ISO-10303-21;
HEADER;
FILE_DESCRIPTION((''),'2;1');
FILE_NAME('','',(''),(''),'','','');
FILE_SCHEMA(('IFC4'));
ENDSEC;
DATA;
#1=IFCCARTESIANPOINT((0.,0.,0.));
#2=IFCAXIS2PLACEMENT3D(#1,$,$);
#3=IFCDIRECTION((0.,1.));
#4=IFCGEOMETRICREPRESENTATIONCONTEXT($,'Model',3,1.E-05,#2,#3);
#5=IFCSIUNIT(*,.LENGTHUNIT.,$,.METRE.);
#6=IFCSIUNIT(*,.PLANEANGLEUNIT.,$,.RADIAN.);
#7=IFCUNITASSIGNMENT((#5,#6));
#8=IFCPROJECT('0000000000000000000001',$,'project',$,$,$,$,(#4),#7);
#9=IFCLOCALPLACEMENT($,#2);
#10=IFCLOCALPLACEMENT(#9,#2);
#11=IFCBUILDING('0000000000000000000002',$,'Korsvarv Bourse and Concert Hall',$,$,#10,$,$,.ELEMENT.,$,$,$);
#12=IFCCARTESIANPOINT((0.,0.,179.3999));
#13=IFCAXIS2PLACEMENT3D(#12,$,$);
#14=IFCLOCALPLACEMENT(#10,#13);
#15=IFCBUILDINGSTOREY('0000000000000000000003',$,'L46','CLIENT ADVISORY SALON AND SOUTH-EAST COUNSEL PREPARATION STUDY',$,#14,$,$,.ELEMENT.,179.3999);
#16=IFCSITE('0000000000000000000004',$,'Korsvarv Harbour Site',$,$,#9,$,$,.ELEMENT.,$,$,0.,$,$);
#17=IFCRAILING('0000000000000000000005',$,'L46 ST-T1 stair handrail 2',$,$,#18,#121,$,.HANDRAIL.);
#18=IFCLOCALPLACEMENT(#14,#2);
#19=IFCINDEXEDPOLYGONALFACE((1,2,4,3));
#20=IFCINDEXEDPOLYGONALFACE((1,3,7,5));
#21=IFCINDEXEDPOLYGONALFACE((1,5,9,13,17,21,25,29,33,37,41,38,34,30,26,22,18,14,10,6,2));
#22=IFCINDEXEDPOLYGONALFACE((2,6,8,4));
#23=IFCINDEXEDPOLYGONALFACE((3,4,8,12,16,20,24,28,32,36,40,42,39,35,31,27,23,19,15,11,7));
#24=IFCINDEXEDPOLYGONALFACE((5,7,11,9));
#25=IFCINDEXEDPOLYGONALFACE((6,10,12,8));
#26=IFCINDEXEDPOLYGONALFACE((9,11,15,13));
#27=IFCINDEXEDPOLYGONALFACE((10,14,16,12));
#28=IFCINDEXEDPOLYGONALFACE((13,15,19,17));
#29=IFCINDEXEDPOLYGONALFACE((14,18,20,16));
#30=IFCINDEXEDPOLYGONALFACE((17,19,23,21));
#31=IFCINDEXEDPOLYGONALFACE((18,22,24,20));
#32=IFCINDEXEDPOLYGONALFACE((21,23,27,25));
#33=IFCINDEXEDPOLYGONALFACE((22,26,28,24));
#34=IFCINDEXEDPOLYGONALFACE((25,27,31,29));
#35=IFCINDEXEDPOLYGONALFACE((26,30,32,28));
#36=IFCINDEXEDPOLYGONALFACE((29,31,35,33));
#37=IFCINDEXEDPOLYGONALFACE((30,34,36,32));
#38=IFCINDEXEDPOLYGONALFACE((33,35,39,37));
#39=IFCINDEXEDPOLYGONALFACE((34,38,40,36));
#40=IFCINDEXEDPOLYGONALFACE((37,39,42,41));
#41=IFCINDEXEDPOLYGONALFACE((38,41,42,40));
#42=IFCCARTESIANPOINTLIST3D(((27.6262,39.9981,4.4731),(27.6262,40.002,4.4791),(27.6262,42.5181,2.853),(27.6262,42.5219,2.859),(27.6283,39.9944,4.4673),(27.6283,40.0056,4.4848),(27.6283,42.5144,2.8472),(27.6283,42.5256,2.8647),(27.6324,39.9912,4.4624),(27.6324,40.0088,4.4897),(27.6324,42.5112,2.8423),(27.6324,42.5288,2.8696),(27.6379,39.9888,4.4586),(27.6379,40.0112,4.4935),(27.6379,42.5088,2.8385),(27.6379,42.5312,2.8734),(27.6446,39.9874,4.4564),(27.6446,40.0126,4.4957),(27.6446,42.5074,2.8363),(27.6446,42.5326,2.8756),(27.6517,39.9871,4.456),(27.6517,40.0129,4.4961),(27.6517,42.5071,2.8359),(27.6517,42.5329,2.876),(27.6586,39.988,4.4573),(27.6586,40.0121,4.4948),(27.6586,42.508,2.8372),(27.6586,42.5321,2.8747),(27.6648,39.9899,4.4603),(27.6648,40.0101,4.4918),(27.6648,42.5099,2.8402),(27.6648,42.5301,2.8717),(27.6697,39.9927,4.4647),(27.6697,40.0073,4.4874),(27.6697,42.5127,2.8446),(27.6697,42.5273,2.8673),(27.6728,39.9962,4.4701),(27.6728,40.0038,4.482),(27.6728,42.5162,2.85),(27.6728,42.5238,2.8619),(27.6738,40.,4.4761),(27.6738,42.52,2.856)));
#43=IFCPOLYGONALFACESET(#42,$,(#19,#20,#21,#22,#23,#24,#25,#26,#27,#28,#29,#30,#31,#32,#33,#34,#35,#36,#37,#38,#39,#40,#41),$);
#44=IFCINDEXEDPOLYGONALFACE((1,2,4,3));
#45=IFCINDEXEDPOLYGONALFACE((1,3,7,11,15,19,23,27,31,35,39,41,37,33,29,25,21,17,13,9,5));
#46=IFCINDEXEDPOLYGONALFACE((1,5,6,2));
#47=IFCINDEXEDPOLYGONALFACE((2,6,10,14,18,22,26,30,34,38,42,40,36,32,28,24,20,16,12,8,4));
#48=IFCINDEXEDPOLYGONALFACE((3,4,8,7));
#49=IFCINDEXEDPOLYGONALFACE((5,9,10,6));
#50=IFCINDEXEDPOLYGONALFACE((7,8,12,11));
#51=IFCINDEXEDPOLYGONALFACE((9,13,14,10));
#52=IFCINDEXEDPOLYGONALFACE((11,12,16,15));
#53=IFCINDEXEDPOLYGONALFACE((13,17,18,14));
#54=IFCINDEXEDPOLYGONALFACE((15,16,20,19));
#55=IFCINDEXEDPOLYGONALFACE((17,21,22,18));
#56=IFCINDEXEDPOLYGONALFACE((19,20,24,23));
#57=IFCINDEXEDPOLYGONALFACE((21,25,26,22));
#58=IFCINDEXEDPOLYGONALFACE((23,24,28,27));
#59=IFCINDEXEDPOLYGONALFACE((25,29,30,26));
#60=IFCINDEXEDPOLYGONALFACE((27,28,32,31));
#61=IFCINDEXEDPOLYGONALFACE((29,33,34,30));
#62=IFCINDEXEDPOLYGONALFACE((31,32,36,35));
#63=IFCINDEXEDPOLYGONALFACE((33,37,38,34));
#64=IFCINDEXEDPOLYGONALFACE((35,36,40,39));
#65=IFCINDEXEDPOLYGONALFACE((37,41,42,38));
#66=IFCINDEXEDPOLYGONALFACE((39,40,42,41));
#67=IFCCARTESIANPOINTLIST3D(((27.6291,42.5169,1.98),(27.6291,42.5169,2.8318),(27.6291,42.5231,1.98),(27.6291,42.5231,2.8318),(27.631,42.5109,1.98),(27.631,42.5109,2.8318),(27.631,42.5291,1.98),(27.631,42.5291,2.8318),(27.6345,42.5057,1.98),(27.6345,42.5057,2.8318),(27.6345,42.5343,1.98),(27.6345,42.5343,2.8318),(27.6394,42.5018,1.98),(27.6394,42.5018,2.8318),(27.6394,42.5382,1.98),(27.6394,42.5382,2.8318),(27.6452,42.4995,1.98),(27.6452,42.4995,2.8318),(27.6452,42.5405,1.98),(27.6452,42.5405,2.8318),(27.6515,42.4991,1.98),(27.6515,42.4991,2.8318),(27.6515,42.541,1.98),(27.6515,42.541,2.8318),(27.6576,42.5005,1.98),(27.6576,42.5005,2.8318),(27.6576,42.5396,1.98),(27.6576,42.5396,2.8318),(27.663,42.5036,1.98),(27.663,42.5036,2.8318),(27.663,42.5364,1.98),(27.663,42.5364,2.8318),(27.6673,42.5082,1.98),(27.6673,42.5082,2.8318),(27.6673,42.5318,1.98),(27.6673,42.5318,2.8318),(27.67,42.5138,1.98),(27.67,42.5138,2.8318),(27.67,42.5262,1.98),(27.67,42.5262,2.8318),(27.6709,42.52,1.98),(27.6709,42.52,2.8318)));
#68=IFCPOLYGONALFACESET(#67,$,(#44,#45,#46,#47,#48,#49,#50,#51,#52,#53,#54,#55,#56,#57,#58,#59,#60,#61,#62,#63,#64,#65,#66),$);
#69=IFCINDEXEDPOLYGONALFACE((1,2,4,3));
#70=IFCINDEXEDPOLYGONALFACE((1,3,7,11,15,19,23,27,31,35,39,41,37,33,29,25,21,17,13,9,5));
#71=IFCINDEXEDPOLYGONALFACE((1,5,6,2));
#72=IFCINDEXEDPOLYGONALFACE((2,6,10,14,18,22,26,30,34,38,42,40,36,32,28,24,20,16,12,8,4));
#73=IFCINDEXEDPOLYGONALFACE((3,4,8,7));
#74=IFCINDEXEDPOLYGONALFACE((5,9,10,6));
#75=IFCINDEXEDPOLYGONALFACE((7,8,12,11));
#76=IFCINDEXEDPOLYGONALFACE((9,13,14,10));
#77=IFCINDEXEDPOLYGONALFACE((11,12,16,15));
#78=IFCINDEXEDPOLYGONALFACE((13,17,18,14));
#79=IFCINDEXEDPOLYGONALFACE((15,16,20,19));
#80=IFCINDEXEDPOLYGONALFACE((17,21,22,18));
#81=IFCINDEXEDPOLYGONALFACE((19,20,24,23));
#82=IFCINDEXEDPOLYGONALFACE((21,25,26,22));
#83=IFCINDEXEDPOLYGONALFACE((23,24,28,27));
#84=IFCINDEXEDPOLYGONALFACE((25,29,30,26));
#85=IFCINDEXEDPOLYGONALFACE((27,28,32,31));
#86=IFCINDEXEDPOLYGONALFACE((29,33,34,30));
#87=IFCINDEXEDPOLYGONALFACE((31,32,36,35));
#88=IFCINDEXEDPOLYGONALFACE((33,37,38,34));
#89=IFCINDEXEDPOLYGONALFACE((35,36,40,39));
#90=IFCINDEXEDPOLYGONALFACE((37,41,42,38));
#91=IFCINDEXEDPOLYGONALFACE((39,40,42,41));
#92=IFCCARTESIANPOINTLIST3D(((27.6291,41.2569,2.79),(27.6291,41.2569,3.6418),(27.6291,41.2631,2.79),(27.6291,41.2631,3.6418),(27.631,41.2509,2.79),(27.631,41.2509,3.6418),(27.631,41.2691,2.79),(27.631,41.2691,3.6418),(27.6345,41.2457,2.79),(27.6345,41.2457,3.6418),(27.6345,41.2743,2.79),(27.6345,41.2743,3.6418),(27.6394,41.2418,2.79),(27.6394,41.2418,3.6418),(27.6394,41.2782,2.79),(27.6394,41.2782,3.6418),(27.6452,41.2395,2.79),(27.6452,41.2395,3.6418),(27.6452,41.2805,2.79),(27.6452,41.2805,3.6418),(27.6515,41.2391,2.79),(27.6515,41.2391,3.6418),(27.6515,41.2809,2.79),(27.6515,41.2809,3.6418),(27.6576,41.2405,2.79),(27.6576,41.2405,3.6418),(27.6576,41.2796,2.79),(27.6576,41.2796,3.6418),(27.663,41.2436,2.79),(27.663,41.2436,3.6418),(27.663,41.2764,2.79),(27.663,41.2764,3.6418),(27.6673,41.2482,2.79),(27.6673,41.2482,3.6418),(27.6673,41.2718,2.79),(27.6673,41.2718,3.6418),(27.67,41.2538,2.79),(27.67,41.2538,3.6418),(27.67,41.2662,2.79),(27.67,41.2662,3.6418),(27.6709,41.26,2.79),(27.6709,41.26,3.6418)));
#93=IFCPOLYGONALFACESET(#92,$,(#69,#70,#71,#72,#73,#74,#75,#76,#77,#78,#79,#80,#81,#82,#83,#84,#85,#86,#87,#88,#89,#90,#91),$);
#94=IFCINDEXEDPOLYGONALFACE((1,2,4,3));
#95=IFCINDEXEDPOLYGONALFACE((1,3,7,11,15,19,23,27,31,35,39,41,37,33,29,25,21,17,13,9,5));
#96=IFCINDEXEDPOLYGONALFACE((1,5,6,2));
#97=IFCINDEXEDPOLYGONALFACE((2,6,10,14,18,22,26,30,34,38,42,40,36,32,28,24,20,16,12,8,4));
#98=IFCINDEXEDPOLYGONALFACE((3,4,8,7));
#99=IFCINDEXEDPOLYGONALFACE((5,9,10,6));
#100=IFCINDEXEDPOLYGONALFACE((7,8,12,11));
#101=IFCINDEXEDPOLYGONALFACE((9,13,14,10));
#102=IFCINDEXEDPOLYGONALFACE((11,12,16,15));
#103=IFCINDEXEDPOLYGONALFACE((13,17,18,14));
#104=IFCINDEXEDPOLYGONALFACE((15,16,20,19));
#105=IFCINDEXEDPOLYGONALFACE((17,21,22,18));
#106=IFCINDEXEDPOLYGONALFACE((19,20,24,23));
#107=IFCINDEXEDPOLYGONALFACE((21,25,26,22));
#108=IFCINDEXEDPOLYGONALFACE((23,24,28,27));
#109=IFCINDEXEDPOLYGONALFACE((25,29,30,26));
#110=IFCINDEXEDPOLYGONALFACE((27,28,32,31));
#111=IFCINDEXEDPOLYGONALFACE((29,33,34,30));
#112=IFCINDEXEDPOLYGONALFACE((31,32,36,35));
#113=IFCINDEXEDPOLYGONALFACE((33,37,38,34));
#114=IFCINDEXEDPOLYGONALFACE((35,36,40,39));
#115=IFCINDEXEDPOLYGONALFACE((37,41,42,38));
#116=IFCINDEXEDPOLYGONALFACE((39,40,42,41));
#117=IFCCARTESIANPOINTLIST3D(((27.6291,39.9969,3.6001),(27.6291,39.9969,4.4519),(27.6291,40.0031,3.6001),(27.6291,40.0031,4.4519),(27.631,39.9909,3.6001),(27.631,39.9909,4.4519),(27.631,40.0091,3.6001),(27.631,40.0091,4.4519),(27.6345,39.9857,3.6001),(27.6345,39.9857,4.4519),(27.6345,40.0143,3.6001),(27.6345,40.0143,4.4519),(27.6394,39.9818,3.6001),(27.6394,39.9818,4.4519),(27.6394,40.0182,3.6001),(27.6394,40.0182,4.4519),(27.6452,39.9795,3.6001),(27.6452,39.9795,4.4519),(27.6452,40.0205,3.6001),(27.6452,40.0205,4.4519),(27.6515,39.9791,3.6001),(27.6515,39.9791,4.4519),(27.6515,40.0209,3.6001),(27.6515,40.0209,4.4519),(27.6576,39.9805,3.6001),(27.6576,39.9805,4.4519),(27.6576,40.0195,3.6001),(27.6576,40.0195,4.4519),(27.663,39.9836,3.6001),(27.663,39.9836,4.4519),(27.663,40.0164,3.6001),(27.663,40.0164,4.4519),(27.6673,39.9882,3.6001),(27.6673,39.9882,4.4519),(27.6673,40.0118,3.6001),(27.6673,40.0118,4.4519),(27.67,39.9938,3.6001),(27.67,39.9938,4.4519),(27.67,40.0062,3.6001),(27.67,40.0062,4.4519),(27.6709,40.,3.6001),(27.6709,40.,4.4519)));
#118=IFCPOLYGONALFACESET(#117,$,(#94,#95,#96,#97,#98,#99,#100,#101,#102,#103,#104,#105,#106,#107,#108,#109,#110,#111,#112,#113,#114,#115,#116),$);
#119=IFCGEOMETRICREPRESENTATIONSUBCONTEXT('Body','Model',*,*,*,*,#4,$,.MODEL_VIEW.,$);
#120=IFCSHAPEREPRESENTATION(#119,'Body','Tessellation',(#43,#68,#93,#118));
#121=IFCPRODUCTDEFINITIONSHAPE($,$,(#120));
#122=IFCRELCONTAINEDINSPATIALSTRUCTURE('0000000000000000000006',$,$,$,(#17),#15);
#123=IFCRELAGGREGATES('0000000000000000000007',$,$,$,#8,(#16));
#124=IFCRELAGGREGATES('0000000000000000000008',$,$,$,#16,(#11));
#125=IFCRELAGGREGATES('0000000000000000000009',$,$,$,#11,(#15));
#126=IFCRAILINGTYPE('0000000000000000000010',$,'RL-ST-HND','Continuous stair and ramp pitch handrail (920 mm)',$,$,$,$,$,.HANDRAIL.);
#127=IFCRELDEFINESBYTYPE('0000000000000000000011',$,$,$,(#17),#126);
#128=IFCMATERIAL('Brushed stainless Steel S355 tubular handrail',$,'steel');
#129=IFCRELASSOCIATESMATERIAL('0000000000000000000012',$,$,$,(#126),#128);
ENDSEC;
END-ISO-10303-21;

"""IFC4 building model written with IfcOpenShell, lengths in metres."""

from ifc_helpers import new_model, si_unit, direction, frame, origin, origin_2d, place, context, subcontext, project, spatial, circle, extrude, material, type_object, element, save


model = new_model("IFC4")

# Units and contexts
model_context = context("Model", 3, precision=1e-05, world=origin(), true_north=direction((0.0, 1.0)))
body_context = subcontext(model_context, "Body", "Model", "MODEL_VIEW")
ifc_project = project(units=[si_unit("LENGTHUNIT", "METRE"), si_unit("PLANEANGLEUNIT", "RADIAN")], contexts=[model_context])

# Site, building, storey
site_placement = place(None, origin())
site = spatial("IfcSite", under=ifc_project, at=site_placement, Name="Korsvarv Harbour Site", CompositionType="ELEMENT", RefElevation=0.0)
building_placement = place(site_placement, origin())
building = spatial("IfcBuilding", under=site, at=building_placement, Name="Korsvarv Bourse and Concert Hall", CompositionType="ELEMENT")
storey_placement = place(building_placement, frame((0.0, 0.0, 179.3999)))
storey = spatial("IfcBuildingStorey", under=building, at=storey_placement, Name="L46", Description="CLIENT ADVISORY SALON AND SOUTH-EAST COUNSEL PREPARATION STUDY", CompositionType="ELEMENT", Elevation=179.3999)

# Railing
ifc_material_1 = material(Name="Brushed stainless Steel S355 tubular handrail", Category="steel")
railing_type = type_object("IfcRailingType", Name="RL-ST-HND", Description="Continuous stair and ramp pitch handrail (920 mm)", PredefinedType="HANDRAIL", material=ifc_material_1)
railing_placement = place(storey_placement, frame((27.6499, 42.52, 1.98)))
element("IfcRailing", 1, at=railing_placement, inside=storey, type_object=railing_type, Name="L46 ST-T1 stair handrail 2", PredefinedType="HANDRAIL", context=body_context, shape_type="SweptSolid", body=[
    extrude(circle(Radius=0.0239, at=origin_2d()), frame((0.0, 0.0, 0.876), z_axis=(0.0, -0.841163, 0.540782), x_axis=(1.0, 0.0, 0.0)), (0.0, 0.0, 1.0), 2.9958),
    extrude(circle(Radius=0.021, at=origin_2d()), origin(), (0.0, 0.0, 1.0), 0.8518),
    extrude(circle(Radius=0.021, at=origin_2d()), frame((0.0, -1.26, 0.8101)), (0.0, 0.0, 1.0), 0.8518),
    extrude(circle(Radius=0.021, at=origin_2d()), frame((0.0, -2.52, 1.6201)), (0.0, 0.0, 1.0), 0.8518),
])

save(model, "model.ifc")
